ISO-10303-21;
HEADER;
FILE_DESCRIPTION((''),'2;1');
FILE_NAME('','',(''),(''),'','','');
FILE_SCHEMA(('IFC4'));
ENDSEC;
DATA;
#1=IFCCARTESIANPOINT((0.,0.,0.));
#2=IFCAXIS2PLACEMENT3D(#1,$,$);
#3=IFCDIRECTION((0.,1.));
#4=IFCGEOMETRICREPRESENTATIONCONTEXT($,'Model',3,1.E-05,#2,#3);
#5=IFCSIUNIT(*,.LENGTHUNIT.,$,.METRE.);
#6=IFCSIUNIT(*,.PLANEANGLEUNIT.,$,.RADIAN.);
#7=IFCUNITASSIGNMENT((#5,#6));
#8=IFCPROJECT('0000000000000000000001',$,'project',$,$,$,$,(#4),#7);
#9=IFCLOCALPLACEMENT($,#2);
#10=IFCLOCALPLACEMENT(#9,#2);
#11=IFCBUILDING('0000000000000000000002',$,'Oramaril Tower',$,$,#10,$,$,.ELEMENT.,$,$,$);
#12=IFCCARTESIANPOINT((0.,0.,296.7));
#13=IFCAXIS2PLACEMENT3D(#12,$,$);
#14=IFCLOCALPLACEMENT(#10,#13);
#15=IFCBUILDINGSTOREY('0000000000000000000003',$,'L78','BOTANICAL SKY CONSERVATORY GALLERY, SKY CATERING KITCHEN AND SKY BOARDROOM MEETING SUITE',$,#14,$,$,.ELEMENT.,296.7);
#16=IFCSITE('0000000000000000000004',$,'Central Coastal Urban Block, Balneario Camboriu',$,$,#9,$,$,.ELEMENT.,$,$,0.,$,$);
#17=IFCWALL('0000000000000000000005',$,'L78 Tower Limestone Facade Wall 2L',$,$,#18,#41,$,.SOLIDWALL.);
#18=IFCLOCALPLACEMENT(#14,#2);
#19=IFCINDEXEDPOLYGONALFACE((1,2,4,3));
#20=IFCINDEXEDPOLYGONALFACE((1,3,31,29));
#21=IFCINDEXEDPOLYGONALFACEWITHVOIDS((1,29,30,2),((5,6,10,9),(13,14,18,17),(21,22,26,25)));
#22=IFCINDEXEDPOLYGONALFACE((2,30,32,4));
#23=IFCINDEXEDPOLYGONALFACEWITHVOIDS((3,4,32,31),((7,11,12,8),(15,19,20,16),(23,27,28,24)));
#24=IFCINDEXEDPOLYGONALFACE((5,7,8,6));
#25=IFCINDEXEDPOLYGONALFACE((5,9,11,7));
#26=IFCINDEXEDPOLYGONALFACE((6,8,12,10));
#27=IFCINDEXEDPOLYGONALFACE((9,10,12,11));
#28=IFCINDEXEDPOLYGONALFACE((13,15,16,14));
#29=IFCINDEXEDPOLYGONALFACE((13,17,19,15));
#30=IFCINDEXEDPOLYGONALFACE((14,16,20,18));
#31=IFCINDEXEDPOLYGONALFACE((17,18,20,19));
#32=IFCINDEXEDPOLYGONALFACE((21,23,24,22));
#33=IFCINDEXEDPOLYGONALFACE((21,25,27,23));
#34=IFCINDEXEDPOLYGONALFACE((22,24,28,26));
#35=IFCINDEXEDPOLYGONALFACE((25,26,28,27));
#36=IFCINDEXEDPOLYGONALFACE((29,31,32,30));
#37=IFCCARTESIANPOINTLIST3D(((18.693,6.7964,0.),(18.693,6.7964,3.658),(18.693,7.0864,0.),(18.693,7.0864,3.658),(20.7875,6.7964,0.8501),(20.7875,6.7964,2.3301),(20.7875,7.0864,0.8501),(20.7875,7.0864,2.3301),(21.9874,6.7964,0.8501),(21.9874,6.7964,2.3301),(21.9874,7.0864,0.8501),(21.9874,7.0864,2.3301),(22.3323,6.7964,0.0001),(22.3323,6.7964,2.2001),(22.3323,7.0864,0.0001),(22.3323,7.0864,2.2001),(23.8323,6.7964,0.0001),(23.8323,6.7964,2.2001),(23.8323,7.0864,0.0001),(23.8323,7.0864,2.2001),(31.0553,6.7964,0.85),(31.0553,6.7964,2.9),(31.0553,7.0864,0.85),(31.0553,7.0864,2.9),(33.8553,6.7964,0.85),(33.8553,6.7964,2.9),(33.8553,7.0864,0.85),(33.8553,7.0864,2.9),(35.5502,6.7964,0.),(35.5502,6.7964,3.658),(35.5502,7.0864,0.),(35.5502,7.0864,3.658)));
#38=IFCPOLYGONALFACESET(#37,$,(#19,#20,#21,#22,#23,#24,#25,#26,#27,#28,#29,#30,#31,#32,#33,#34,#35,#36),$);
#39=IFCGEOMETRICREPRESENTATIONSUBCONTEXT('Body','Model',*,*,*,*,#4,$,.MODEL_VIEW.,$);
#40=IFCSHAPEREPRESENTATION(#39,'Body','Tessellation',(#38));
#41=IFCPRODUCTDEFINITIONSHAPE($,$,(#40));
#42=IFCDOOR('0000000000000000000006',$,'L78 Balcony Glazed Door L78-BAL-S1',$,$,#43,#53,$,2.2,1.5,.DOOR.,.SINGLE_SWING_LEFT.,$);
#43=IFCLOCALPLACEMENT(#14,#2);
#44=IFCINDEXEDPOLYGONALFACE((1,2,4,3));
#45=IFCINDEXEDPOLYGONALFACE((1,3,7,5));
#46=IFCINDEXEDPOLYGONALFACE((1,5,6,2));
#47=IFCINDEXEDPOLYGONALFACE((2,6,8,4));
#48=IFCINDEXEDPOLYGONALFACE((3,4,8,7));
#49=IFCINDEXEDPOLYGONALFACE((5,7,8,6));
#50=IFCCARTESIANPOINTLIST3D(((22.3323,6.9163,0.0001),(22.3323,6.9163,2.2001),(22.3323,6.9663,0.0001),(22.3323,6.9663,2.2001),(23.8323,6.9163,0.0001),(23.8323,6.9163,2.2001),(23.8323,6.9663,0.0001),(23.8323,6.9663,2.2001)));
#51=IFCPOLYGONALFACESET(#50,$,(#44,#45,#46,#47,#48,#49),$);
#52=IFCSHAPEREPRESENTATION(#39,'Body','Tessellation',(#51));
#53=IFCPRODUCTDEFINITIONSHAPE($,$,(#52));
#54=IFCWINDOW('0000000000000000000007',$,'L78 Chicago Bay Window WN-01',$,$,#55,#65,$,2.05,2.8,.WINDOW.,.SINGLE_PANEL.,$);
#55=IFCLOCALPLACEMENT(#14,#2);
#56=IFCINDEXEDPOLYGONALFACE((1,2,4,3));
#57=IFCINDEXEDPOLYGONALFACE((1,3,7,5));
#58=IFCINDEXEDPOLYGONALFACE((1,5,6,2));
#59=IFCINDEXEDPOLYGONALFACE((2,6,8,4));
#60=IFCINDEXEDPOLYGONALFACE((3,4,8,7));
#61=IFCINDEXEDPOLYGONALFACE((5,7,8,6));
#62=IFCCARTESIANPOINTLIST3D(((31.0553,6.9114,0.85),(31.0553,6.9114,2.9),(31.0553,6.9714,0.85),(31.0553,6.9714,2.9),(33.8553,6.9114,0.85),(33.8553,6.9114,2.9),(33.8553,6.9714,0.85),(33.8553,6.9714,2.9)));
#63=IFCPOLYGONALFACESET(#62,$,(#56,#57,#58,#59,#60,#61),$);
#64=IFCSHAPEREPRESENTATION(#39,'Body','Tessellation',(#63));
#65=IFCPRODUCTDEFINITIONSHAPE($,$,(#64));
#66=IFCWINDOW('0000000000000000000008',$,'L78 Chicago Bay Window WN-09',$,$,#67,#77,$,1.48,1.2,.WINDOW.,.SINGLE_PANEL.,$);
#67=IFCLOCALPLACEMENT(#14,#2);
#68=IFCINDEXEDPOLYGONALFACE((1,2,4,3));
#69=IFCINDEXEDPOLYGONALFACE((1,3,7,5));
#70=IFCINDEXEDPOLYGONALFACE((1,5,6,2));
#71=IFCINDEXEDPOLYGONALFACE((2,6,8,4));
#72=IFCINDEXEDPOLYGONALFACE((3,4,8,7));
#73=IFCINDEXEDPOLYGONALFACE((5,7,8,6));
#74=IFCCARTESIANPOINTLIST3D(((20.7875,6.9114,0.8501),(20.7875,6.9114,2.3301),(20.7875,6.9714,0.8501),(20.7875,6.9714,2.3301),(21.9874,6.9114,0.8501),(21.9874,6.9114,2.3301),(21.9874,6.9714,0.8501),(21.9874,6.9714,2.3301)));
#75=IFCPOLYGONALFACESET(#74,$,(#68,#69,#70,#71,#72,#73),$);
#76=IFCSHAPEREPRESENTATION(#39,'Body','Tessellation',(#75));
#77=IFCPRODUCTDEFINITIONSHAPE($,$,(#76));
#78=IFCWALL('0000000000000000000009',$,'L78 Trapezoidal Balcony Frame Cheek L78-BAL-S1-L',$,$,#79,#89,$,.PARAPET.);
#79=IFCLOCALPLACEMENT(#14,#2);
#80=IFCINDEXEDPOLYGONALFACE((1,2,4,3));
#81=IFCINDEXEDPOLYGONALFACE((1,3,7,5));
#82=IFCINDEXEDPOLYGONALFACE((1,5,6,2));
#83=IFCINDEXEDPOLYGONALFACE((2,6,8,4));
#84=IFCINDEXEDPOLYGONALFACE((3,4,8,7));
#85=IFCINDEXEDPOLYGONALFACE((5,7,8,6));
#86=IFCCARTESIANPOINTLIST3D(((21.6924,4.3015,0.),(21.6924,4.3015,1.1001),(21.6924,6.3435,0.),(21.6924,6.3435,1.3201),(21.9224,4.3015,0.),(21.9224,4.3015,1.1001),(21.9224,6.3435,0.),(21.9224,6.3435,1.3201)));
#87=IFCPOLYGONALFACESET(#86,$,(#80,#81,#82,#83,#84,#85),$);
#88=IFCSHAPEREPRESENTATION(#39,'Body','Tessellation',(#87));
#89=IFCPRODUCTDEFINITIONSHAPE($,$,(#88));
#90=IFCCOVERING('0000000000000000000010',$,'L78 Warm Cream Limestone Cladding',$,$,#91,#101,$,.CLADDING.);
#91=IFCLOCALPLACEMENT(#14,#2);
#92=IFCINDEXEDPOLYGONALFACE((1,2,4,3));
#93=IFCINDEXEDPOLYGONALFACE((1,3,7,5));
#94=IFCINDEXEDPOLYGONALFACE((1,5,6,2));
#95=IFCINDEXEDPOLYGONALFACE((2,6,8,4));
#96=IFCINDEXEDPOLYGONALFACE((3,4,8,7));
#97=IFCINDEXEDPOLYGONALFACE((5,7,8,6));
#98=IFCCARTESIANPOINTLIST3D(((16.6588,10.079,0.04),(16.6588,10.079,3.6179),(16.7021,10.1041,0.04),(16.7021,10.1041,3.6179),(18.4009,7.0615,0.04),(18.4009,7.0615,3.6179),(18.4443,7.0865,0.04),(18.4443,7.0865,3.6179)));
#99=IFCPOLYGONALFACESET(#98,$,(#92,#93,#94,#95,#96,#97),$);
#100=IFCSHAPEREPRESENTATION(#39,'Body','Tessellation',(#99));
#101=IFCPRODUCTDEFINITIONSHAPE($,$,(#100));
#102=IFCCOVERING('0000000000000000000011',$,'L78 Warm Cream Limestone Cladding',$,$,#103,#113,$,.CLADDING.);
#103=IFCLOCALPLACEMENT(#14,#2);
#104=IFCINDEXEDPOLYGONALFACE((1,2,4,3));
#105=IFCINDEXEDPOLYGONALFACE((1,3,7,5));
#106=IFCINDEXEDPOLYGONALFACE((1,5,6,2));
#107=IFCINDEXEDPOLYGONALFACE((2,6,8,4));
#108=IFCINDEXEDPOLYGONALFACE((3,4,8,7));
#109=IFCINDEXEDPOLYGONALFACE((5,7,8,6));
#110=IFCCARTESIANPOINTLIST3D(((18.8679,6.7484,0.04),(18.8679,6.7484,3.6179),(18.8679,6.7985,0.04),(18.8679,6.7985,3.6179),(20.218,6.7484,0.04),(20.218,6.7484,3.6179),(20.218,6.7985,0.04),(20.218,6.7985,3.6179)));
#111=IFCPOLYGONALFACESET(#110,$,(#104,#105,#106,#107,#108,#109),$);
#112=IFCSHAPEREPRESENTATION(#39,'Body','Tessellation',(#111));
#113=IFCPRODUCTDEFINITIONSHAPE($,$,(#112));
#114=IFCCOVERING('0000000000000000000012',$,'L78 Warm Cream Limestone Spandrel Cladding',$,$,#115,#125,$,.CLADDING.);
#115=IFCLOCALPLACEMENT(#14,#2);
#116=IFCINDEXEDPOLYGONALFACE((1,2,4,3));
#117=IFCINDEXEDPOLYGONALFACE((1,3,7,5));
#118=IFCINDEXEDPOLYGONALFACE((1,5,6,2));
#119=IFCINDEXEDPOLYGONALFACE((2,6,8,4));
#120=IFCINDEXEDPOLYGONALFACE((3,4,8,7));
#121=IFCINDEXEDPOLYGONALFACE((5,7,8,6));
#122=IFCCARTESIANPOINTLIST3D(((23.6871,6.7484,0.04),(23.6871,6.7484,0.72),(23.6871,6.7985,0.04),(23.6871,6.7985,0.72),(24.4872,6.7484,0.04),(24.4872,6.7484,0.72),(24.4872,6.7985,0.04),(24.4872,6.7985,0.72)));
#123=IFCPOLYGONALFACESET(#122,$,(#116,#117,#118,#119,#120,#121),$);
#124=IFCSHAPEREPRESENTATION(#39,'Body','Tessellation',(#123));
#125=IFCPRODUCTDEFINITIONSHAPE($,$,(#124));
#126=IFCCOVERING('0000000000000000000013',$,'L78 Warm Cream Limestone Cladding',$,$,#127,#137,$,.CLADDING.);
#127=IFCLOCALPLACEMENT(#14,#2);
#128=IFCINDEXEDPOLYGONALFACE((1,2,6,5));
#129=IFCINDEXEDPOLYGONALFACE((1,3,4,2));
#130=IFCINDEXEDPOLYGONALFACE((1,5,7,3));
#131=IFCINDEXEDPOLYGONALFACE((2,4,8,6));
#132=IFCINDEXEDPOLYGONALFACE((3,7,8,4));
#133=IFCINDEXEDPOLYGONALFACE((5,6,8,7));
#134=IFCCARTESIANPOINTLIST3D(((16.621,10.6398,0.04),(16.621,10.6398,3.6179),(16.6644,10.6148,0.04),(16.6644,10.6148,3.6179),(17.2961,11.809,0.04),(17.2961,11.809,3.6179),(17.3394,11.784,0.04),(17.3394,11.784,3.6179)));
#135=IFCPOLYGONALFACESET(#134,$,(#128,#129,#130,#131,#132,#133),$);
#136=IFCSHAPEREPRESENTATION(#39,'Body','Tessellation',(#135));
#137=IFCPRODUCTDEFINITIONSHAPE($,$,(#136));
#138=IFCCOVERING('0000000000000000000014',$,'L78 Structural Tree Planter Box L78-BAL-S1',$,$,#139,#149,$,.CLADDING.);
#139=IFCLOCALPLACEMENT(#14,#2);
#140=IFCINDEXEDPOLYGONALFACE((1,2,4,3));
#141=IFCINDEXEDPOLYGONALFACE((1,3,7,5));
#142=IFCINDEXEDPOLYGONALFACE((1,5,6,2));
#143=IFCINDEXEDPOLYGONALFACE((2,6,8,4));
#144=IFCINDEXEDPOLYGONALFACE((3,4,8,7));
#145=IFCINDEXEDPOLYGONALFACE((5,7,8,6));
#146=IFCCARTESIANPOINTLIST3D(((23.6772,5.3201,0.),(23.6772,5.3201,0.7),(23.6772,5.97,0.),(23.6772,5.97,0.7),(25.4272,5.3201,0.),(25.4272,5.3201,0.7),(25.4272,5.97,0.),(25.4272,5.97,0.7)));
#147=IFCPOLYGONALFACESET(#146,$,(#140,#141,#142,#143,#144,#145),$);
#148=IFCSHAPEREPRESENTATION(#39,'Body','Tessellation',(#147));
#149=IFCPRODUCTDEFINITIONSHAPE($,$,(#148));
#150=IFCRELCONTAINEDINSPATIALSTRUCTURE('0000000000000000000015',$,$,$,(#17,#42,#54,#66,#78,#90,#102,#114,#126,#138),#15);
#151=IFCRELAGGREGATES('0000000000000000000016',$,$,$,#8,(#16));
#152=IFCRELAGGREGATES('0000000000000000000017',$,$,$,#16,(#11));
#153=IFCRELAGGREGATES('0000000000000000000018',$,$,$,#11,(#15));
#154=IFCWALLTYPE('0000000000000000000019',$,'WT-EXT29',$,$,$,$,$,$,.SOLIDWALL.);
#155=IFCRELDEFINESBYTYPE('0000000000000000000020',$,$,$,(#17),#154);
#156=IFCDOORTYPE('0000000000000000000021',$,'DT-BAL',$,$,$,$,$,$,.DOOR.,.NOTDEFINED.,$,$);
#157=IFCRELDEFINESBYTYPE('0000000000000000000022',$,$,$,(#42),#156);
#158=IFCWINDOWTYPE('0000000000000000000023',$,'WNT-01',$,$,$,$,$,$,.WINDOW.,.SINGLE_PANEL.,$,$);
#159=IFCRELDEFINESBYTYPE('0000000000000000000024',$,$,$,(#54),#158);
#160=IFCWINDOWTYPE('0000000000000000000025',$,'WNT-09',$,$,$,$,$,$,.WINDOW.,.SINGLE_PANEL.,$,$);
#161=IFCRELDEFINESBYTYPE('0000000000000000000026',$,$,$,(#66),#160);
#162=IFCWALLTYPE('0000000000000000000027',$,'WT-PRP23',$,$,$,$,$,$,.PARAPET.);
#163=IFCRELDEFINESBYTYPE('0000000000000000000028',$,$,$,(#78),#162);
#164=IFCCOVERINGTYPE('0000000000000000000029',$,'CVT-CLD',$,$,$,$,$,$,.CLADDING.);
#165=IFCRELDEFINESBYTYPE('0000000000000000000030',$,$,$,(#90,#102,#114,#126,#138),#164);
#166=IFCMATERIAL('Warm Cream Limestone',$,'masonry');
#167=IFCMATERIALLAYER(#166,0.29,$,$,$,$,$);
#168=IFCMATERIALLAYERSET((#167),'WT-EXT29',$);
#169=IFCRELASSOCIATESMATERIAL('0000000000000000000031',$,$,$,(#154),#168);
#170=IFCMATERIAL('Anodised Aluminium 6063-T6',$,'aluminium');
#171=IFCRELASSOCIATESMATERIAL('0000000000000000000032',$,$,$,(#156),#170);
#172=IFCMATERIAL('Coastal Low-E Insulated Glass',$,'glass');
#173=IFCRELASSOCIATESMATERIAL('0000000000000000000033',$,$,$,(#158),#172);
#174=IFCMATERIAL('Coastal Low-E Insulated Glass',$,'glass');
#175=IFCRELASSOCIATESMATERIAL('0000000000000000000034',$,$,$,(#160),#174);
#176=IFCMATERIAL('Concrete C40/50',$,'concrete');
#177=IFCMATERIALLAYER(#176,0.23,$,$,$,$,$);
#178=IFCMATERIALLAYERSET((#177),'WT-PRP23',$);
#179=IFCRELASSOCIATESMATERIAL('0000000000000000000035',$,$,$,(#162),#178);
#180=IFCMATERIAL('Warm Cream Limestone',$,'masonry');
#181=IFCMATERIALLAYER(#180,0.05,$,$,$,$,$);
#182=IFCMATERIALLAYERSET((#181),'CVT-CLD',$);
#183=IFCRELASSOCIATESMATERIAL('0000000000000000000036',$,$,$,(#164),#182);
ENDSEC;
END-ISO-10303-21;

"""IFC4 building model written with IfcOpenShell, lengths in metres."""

from ifc_helpers import new_model, si_unit, direction, frame, frame_2d, origin, origin_2d, place, context, subcontext, project, spatial, polyline, rectangle, outline, extrude, material, layer, layer_set, type_object, element, fill, save


model = new_model("IFC4")

# Units and contexts
model_context = context("Model", 3, precision=1e-05, world=origin(), true_north=direction((0.0, 1.0)))
body_context = subcontext(model_context, "Body", "Model", "MODEL_VIEW")
ifc_project = project(units=[si_unit("LENGTHUNIT", "METRE"), si_unit("PLANEANGLEUNIT", "RADIAN")], contexts=[model_context])

# Site, building, storey
site_placement = place(None, origin())
site = spatial("IfcSite", under=ifc_project, at=site_placement, Name="Central Coastal Urban Block, Balneario Camboriu", CompositionType="ELEMENT", RefElevation=0.0)
building_placement = place(site_placement, origin())
building = spatial("IfcBuilding", under=site, at=building_placement, Name="Oramaril Tower", CompositionType="ELEMENT")
storey_placement = place(building_placement, frame((0.0, 0.0, 296.7)))
storey = spatial("IfcBuildingStorey", under=building, at=storey_placement, Name="L78", Description="BOTANICAL SKY CONSERVATORY GALLERY, SKY CATERING KITCHEN AND SKY BOARDROOM MEETING SUITE", CompositionType="ELEMENT", Elevation=296.7)

# Wall, openings, door, windows
ifc_material_1 = material(Name="Warm Cream Limestone", Category="masonry")
ifc_layer_1 = layer(ifc_material_1, 0.29)
ifc_layer_set_1 = layer_set([ifc_layer_1], Name="WT-EXT29")
wall_type_1 = type_object("IfcWallType", Name="WT-EXT29", PredefinedType="SOLIDWALL", material=ifc_layer_set_1)
wall_1_placement = place(storey_placement, frame((18.6929, 6.9414, 0.0), z_axis=(0.0, 0.0, 1.0), x_axis=(1.0, 0.0, 0.0)))
wall_1 = element("IfcWall", 1, at=wall_1_placement, inside=storey, type_object=wall_type_1, Name="L78 Tower Limestone Facade Wall 2L", PredefinedType="SOLIDWALL", context=body_context, shape_type="SweptSolid", body=[
    extrude(rectangle(XDim=16.8572, YDim=0.29, at=frame_2d((8.4287, 0.0))), origin(), (0.0, 0.0, 1.0), 3.658),
])
opening_1_placement = place(wall_1_placement, frame((3.6394, 0.0, 0.0)))
opening_1 = element("IfcOpeningElement", 2, at=opening_1_placement, cuts=wall_1, PredefinedType="OPENING", context=body_context, shape_type="SweptSolid", body=[
    extrude(rectangle(XDim=1.5, YDim=2.2, at=frame_2d((0.75, 1.1001))), frame((0.0, 0.145, 0.0), z_axis=(0.0, -1.0, 0.0), x_axis=(1.0, 0.0, 0.0)), (0.0, 0.0, 1.0), 0.29),
])
opening_2_placement = place(wall_1_placement, frame((2.0945, 0.0, 0.8501)))
opening_2 = element("IfcOpeningElement", 3, at=opening_2_placement, cuts=wall_1, PredefinedType="OPENING", context=body_context, shape_type="SweptSolid", body=[
    extrude(rectangle(XDim=1.2, YDim=1.48, at=frame_2d((0.6001, 0.74))), frame((0.0, 0.145, 0.0), z_axis=(0.0, -1.0, 0.0), x_axis=(1.0, 0.0, 0.0)), (0.0, 0.0, 1.0), 0.29),
])
opening_3_placement = place(wall_1_placement, frame((12.3625, 0.0, 0.8501)))
opening_3 = element("IfcOpeningElement", 4, at=opening_3_placement, cuts=wall_1, PredefinedType="OPENING", context=body_context, shape_type="SweptSolid", body=[
    extrude(rectangle(XDim=2.8, YDim=2.05, at=frame_2d((1.3999, 1.0249))), frame((0.0, 0.145, 0.0), z_axis=(0.0, -1.0, 0.0), x_axis=(1.0, 0.0, 0.0)), (0.0, 0.0, 1.0), 0.29),
])
ifc_material_2 = material(Name="Anodised Aluminium 6063-T6", Category="aluminium")
door_type_1 = type_object("IfcDoorType", Name="DT-BAL", OperationType="NOTDEFINED", PredefinedType="DOOR", material=ifc_material_2)
door_1_placement = place(opening_1_placement, origin())
door_1 = element("IfcDoor", 5, at=door_1_placement, inside=storey, type_object=door_type_1, Name="L78 Balcony Glazed Door L78-BAL-S1", OperationType="SINGLE_SWING_LEFT", OverallHeight=2.2, OverallWidth=1.5, PredefinedType="DOOR", context=body_context, shape_type="SweptSolid", body=[
    extrude(rectangle(XDim=1.5, YDim=2.2, at=frame_2d((0.75, 1.1001))), frame((0.0, 0.0249, 0.0), z_axis=(0.0, -1.0, 0.0), x_axis=(1.0, 0.0, 0.0)), (0.0, 0.0, 1.0), 0.05),
])
fill(opening_1, door_1)
ifc_material_3 = material(Name="Coastal Low-E Insulated Glass", Category="glass")
window_type_1 = type_object("IfcWindowType", Name="WNT-01", PartitioningType="SINGLE_PANEL", PredefinedType="WINDOW", material=ifc_material_3)
window_1_placement = place(opening_3_placement, origin())
window_1 = element("IfcWindow", 6, at=window_1_placement, inside=storey, type_object=window_type_1, Name="L78 Chicago Bay Window WN-01", OverallHeight=2.05, OverallWidth=2.8, PartitioningType="SINGLE_PANEL", PredefinedType="WINDOW", context=body_context, shape_type="SweptSolid", body=[
    extrude(rectangle(XDim=2.8, YDim=2.05, at=frame_2d((1.3999, 1.0249))), frame((0.0, 0.03, 0.0), z_axis=(0.0, -1.0, 0.0), x_axis=(1.0, 0.0, 0.0)), (0.0, 0.0, 1.0), 0.0601),
])
fill(opening_3, window_1)
ifc_material_4 = material(Name="Coastal Low-E Insulated Glass", Category="glass")
window_type_2 = type_object("IfcWindowType", Name="WNT-09", PartitioningType="SINGLE_PANEL", PredefinedType="WINDOW", material=ifc_material_4)
window_2_placement = place(opening_2_placement, origin())
window_2 = element("IfcWindow", 7, at=window_2_placement, inside=storey, type_object=window_type_2, Name="L78 Chicago Bay Window WN-09", OverallHeight=1.48, OverallWidth=1.2, PartitioningType="SINGLE_PANEL", PredefinedType="WINDOW", context=body_context, shape_type="SweptSolid", body=[
    extrude(rectangle(XDim=1.2, YDim=1.48, at=frame_2d((0.6001, 0.74))), frame((0.0, 0.03, 0.0), z_axis=(0.0, -1.0, 0.0), x_axis=(1.0, 0.0, 0.0)), (0.0, 0.0, 1.0), 0.0601),
])
fill(opening_2, window_2)

# Wall
ifc_material_5 = material(Name="Concrete C40/50", Category="concrete")
ifc_layer_2 = layer(ifc_material_5, 0.23)
ifc_layer_set_2 = layer_set([ifc_layer_2], Name="WT-PRP23")
wall_type_2 = type_object("IfcWallType", Name="WT-PRP23", PredefinedType="PARAPET", material=ifc_layer_set_2)
wall_2_placement = place(storey_placement, frame((21.8074, 6.3435, 0.0), z_axis=(0.0, 0.0, 1.0), x_axis=(0.0, -1.0, 0.0)))
element("IfcWall", 8, at=wall_2_placement, inside=storey, type_object=wall_type_2, Name="L78 Trapezoidal Balcony Frame Cheek L78-BAL-S1-L", PredefinedType="PARAPET", context=body_context, shape_type="SweptSolid", body=[
    extrude(outline(polyline([(0.0, 0.0), (2.042, 0.0), (2.042, 1.1001), (0.0, 1.3201), (0.0, 0.0)])), frame((0.0, 0.115, 0.0), z_axis=(0.0, -1.0, 0.0), x_axis=(1.0, 0.0, 0.0)), (0.0, 0.0, 1.0), 0.23),
])

# Coverings
ifc_material_6 = material(Name="Warm Cream Limestone", Category="masonry")
ifc_layer_3 = layer(ifc_material_6, 0.05)
ifc_layer_set_3 = layer_set([ifc_layer_3], Name="CVT-CLD")
covering_type = type_object("IfcCoveringType", Name="CVT-CLD", PredefinedType="CLADDING", material=ifc_layer_set_3)
covering_1_placement = place(storey_placement, frame((17.5515, 8.5828, 0.04), z_axis=(0.0, 0.0, 1.0), x_axis=(0.499991, -0.866031, 0.0)))
element("IfcCovering", 9, at=covering_1_placement, inside=storey, type_object=covering_type, Name="L78 Warm Cream Limestone Cladding", PredefinedType="CLADDING", context=body_context, shape_type="SweptSolid", body=[
    extrude(rectangle(XDim=3.4844, YDim=0.05, at=origin_2d()), origin(), (0.0, 0.0, 1.0), 3.5779),
])
covering_2_placement = place(storey_placement, frame((19.543, 6.7734, 0.04), z_axis=(0.0, 0.0, 1.0), x_axis=(1.0, 0.0, 0.0)))
element("IfcCovering", 10, at=covering_2_placement, inside=storey, type_object=covering_type, Name="L78 Warm Cream Limestone Cladding", PredefinedType="CLADDING", context=body_context, shape_type="SweptSolid", body=[
    extrude(rectangle(XDim=1.3501, YDim=0.05, at=origin_2d()), origin(), (0.0, 0.0, 1.0), 3.5779),
])
covering_3_placement = place(storey_placement, frame((24.0872, 6.7734, 0.04), z_axis=(0.0, 0.0, 1.0), x_axis=(1.0, 0.0, 0.0)))
element("IfcCovering", 11, at=covering_3_placement, inside=storey, type_object=covering_type, Name="L78 Warm Cream Limestone Spandrel Cladding", PredefinedType="CLADDING", context=body_context, shape_type="SweptSolid", body=[
    extrude(rectangle(XDim=0.8, YDim=0.05, at=origin_2d()), origin(), (0.0, 0.0, 1.0), 0.6799),
])
covering_4_placement = place(storey_placement, frame((16.9802, 11.2119, 0.04), z_axis=(0.0, 0.0, 1.0), x_axis=(-0.5, -0.866025, 0.0)))
element("IfcCovering", 12, at=covering_4_placement, inside=storey, type_object=covering_type, Name="L78 Warm Cream Limestone Cladding", PredefinedType="CLADDING", context=body_context, shape_type="SweptSolid", body=[
    extrude(rectangle(XDim=1.3501, YDim=0.05, at=origin_2d()), origin(), (0.0, 0.0, 1.0), 3.5779),
])
covering_5_placement = place(storey_placement, frame((24.5522, 5.645, 0.0), z_axis=(0.0, 0.0, 1.0), x_axis=(1.0, 0.0, 0.0)))
element("IfcCovering", 13, at=covering_5_placement, inside=storey, type_object=covering_type, Name="L78 Structural Tree Planter Box L78-BAL-S1", PredefinedType="CLADDING", context=body_context, shape_type="SweptSolid", body=[
    extrude(rectangle(XDim=1.75, YDim=0.6499, at=origin_2d()), origin(), (0.0, 0.0, 1.0), 0.7),
])

save(model, "model.ifc")
